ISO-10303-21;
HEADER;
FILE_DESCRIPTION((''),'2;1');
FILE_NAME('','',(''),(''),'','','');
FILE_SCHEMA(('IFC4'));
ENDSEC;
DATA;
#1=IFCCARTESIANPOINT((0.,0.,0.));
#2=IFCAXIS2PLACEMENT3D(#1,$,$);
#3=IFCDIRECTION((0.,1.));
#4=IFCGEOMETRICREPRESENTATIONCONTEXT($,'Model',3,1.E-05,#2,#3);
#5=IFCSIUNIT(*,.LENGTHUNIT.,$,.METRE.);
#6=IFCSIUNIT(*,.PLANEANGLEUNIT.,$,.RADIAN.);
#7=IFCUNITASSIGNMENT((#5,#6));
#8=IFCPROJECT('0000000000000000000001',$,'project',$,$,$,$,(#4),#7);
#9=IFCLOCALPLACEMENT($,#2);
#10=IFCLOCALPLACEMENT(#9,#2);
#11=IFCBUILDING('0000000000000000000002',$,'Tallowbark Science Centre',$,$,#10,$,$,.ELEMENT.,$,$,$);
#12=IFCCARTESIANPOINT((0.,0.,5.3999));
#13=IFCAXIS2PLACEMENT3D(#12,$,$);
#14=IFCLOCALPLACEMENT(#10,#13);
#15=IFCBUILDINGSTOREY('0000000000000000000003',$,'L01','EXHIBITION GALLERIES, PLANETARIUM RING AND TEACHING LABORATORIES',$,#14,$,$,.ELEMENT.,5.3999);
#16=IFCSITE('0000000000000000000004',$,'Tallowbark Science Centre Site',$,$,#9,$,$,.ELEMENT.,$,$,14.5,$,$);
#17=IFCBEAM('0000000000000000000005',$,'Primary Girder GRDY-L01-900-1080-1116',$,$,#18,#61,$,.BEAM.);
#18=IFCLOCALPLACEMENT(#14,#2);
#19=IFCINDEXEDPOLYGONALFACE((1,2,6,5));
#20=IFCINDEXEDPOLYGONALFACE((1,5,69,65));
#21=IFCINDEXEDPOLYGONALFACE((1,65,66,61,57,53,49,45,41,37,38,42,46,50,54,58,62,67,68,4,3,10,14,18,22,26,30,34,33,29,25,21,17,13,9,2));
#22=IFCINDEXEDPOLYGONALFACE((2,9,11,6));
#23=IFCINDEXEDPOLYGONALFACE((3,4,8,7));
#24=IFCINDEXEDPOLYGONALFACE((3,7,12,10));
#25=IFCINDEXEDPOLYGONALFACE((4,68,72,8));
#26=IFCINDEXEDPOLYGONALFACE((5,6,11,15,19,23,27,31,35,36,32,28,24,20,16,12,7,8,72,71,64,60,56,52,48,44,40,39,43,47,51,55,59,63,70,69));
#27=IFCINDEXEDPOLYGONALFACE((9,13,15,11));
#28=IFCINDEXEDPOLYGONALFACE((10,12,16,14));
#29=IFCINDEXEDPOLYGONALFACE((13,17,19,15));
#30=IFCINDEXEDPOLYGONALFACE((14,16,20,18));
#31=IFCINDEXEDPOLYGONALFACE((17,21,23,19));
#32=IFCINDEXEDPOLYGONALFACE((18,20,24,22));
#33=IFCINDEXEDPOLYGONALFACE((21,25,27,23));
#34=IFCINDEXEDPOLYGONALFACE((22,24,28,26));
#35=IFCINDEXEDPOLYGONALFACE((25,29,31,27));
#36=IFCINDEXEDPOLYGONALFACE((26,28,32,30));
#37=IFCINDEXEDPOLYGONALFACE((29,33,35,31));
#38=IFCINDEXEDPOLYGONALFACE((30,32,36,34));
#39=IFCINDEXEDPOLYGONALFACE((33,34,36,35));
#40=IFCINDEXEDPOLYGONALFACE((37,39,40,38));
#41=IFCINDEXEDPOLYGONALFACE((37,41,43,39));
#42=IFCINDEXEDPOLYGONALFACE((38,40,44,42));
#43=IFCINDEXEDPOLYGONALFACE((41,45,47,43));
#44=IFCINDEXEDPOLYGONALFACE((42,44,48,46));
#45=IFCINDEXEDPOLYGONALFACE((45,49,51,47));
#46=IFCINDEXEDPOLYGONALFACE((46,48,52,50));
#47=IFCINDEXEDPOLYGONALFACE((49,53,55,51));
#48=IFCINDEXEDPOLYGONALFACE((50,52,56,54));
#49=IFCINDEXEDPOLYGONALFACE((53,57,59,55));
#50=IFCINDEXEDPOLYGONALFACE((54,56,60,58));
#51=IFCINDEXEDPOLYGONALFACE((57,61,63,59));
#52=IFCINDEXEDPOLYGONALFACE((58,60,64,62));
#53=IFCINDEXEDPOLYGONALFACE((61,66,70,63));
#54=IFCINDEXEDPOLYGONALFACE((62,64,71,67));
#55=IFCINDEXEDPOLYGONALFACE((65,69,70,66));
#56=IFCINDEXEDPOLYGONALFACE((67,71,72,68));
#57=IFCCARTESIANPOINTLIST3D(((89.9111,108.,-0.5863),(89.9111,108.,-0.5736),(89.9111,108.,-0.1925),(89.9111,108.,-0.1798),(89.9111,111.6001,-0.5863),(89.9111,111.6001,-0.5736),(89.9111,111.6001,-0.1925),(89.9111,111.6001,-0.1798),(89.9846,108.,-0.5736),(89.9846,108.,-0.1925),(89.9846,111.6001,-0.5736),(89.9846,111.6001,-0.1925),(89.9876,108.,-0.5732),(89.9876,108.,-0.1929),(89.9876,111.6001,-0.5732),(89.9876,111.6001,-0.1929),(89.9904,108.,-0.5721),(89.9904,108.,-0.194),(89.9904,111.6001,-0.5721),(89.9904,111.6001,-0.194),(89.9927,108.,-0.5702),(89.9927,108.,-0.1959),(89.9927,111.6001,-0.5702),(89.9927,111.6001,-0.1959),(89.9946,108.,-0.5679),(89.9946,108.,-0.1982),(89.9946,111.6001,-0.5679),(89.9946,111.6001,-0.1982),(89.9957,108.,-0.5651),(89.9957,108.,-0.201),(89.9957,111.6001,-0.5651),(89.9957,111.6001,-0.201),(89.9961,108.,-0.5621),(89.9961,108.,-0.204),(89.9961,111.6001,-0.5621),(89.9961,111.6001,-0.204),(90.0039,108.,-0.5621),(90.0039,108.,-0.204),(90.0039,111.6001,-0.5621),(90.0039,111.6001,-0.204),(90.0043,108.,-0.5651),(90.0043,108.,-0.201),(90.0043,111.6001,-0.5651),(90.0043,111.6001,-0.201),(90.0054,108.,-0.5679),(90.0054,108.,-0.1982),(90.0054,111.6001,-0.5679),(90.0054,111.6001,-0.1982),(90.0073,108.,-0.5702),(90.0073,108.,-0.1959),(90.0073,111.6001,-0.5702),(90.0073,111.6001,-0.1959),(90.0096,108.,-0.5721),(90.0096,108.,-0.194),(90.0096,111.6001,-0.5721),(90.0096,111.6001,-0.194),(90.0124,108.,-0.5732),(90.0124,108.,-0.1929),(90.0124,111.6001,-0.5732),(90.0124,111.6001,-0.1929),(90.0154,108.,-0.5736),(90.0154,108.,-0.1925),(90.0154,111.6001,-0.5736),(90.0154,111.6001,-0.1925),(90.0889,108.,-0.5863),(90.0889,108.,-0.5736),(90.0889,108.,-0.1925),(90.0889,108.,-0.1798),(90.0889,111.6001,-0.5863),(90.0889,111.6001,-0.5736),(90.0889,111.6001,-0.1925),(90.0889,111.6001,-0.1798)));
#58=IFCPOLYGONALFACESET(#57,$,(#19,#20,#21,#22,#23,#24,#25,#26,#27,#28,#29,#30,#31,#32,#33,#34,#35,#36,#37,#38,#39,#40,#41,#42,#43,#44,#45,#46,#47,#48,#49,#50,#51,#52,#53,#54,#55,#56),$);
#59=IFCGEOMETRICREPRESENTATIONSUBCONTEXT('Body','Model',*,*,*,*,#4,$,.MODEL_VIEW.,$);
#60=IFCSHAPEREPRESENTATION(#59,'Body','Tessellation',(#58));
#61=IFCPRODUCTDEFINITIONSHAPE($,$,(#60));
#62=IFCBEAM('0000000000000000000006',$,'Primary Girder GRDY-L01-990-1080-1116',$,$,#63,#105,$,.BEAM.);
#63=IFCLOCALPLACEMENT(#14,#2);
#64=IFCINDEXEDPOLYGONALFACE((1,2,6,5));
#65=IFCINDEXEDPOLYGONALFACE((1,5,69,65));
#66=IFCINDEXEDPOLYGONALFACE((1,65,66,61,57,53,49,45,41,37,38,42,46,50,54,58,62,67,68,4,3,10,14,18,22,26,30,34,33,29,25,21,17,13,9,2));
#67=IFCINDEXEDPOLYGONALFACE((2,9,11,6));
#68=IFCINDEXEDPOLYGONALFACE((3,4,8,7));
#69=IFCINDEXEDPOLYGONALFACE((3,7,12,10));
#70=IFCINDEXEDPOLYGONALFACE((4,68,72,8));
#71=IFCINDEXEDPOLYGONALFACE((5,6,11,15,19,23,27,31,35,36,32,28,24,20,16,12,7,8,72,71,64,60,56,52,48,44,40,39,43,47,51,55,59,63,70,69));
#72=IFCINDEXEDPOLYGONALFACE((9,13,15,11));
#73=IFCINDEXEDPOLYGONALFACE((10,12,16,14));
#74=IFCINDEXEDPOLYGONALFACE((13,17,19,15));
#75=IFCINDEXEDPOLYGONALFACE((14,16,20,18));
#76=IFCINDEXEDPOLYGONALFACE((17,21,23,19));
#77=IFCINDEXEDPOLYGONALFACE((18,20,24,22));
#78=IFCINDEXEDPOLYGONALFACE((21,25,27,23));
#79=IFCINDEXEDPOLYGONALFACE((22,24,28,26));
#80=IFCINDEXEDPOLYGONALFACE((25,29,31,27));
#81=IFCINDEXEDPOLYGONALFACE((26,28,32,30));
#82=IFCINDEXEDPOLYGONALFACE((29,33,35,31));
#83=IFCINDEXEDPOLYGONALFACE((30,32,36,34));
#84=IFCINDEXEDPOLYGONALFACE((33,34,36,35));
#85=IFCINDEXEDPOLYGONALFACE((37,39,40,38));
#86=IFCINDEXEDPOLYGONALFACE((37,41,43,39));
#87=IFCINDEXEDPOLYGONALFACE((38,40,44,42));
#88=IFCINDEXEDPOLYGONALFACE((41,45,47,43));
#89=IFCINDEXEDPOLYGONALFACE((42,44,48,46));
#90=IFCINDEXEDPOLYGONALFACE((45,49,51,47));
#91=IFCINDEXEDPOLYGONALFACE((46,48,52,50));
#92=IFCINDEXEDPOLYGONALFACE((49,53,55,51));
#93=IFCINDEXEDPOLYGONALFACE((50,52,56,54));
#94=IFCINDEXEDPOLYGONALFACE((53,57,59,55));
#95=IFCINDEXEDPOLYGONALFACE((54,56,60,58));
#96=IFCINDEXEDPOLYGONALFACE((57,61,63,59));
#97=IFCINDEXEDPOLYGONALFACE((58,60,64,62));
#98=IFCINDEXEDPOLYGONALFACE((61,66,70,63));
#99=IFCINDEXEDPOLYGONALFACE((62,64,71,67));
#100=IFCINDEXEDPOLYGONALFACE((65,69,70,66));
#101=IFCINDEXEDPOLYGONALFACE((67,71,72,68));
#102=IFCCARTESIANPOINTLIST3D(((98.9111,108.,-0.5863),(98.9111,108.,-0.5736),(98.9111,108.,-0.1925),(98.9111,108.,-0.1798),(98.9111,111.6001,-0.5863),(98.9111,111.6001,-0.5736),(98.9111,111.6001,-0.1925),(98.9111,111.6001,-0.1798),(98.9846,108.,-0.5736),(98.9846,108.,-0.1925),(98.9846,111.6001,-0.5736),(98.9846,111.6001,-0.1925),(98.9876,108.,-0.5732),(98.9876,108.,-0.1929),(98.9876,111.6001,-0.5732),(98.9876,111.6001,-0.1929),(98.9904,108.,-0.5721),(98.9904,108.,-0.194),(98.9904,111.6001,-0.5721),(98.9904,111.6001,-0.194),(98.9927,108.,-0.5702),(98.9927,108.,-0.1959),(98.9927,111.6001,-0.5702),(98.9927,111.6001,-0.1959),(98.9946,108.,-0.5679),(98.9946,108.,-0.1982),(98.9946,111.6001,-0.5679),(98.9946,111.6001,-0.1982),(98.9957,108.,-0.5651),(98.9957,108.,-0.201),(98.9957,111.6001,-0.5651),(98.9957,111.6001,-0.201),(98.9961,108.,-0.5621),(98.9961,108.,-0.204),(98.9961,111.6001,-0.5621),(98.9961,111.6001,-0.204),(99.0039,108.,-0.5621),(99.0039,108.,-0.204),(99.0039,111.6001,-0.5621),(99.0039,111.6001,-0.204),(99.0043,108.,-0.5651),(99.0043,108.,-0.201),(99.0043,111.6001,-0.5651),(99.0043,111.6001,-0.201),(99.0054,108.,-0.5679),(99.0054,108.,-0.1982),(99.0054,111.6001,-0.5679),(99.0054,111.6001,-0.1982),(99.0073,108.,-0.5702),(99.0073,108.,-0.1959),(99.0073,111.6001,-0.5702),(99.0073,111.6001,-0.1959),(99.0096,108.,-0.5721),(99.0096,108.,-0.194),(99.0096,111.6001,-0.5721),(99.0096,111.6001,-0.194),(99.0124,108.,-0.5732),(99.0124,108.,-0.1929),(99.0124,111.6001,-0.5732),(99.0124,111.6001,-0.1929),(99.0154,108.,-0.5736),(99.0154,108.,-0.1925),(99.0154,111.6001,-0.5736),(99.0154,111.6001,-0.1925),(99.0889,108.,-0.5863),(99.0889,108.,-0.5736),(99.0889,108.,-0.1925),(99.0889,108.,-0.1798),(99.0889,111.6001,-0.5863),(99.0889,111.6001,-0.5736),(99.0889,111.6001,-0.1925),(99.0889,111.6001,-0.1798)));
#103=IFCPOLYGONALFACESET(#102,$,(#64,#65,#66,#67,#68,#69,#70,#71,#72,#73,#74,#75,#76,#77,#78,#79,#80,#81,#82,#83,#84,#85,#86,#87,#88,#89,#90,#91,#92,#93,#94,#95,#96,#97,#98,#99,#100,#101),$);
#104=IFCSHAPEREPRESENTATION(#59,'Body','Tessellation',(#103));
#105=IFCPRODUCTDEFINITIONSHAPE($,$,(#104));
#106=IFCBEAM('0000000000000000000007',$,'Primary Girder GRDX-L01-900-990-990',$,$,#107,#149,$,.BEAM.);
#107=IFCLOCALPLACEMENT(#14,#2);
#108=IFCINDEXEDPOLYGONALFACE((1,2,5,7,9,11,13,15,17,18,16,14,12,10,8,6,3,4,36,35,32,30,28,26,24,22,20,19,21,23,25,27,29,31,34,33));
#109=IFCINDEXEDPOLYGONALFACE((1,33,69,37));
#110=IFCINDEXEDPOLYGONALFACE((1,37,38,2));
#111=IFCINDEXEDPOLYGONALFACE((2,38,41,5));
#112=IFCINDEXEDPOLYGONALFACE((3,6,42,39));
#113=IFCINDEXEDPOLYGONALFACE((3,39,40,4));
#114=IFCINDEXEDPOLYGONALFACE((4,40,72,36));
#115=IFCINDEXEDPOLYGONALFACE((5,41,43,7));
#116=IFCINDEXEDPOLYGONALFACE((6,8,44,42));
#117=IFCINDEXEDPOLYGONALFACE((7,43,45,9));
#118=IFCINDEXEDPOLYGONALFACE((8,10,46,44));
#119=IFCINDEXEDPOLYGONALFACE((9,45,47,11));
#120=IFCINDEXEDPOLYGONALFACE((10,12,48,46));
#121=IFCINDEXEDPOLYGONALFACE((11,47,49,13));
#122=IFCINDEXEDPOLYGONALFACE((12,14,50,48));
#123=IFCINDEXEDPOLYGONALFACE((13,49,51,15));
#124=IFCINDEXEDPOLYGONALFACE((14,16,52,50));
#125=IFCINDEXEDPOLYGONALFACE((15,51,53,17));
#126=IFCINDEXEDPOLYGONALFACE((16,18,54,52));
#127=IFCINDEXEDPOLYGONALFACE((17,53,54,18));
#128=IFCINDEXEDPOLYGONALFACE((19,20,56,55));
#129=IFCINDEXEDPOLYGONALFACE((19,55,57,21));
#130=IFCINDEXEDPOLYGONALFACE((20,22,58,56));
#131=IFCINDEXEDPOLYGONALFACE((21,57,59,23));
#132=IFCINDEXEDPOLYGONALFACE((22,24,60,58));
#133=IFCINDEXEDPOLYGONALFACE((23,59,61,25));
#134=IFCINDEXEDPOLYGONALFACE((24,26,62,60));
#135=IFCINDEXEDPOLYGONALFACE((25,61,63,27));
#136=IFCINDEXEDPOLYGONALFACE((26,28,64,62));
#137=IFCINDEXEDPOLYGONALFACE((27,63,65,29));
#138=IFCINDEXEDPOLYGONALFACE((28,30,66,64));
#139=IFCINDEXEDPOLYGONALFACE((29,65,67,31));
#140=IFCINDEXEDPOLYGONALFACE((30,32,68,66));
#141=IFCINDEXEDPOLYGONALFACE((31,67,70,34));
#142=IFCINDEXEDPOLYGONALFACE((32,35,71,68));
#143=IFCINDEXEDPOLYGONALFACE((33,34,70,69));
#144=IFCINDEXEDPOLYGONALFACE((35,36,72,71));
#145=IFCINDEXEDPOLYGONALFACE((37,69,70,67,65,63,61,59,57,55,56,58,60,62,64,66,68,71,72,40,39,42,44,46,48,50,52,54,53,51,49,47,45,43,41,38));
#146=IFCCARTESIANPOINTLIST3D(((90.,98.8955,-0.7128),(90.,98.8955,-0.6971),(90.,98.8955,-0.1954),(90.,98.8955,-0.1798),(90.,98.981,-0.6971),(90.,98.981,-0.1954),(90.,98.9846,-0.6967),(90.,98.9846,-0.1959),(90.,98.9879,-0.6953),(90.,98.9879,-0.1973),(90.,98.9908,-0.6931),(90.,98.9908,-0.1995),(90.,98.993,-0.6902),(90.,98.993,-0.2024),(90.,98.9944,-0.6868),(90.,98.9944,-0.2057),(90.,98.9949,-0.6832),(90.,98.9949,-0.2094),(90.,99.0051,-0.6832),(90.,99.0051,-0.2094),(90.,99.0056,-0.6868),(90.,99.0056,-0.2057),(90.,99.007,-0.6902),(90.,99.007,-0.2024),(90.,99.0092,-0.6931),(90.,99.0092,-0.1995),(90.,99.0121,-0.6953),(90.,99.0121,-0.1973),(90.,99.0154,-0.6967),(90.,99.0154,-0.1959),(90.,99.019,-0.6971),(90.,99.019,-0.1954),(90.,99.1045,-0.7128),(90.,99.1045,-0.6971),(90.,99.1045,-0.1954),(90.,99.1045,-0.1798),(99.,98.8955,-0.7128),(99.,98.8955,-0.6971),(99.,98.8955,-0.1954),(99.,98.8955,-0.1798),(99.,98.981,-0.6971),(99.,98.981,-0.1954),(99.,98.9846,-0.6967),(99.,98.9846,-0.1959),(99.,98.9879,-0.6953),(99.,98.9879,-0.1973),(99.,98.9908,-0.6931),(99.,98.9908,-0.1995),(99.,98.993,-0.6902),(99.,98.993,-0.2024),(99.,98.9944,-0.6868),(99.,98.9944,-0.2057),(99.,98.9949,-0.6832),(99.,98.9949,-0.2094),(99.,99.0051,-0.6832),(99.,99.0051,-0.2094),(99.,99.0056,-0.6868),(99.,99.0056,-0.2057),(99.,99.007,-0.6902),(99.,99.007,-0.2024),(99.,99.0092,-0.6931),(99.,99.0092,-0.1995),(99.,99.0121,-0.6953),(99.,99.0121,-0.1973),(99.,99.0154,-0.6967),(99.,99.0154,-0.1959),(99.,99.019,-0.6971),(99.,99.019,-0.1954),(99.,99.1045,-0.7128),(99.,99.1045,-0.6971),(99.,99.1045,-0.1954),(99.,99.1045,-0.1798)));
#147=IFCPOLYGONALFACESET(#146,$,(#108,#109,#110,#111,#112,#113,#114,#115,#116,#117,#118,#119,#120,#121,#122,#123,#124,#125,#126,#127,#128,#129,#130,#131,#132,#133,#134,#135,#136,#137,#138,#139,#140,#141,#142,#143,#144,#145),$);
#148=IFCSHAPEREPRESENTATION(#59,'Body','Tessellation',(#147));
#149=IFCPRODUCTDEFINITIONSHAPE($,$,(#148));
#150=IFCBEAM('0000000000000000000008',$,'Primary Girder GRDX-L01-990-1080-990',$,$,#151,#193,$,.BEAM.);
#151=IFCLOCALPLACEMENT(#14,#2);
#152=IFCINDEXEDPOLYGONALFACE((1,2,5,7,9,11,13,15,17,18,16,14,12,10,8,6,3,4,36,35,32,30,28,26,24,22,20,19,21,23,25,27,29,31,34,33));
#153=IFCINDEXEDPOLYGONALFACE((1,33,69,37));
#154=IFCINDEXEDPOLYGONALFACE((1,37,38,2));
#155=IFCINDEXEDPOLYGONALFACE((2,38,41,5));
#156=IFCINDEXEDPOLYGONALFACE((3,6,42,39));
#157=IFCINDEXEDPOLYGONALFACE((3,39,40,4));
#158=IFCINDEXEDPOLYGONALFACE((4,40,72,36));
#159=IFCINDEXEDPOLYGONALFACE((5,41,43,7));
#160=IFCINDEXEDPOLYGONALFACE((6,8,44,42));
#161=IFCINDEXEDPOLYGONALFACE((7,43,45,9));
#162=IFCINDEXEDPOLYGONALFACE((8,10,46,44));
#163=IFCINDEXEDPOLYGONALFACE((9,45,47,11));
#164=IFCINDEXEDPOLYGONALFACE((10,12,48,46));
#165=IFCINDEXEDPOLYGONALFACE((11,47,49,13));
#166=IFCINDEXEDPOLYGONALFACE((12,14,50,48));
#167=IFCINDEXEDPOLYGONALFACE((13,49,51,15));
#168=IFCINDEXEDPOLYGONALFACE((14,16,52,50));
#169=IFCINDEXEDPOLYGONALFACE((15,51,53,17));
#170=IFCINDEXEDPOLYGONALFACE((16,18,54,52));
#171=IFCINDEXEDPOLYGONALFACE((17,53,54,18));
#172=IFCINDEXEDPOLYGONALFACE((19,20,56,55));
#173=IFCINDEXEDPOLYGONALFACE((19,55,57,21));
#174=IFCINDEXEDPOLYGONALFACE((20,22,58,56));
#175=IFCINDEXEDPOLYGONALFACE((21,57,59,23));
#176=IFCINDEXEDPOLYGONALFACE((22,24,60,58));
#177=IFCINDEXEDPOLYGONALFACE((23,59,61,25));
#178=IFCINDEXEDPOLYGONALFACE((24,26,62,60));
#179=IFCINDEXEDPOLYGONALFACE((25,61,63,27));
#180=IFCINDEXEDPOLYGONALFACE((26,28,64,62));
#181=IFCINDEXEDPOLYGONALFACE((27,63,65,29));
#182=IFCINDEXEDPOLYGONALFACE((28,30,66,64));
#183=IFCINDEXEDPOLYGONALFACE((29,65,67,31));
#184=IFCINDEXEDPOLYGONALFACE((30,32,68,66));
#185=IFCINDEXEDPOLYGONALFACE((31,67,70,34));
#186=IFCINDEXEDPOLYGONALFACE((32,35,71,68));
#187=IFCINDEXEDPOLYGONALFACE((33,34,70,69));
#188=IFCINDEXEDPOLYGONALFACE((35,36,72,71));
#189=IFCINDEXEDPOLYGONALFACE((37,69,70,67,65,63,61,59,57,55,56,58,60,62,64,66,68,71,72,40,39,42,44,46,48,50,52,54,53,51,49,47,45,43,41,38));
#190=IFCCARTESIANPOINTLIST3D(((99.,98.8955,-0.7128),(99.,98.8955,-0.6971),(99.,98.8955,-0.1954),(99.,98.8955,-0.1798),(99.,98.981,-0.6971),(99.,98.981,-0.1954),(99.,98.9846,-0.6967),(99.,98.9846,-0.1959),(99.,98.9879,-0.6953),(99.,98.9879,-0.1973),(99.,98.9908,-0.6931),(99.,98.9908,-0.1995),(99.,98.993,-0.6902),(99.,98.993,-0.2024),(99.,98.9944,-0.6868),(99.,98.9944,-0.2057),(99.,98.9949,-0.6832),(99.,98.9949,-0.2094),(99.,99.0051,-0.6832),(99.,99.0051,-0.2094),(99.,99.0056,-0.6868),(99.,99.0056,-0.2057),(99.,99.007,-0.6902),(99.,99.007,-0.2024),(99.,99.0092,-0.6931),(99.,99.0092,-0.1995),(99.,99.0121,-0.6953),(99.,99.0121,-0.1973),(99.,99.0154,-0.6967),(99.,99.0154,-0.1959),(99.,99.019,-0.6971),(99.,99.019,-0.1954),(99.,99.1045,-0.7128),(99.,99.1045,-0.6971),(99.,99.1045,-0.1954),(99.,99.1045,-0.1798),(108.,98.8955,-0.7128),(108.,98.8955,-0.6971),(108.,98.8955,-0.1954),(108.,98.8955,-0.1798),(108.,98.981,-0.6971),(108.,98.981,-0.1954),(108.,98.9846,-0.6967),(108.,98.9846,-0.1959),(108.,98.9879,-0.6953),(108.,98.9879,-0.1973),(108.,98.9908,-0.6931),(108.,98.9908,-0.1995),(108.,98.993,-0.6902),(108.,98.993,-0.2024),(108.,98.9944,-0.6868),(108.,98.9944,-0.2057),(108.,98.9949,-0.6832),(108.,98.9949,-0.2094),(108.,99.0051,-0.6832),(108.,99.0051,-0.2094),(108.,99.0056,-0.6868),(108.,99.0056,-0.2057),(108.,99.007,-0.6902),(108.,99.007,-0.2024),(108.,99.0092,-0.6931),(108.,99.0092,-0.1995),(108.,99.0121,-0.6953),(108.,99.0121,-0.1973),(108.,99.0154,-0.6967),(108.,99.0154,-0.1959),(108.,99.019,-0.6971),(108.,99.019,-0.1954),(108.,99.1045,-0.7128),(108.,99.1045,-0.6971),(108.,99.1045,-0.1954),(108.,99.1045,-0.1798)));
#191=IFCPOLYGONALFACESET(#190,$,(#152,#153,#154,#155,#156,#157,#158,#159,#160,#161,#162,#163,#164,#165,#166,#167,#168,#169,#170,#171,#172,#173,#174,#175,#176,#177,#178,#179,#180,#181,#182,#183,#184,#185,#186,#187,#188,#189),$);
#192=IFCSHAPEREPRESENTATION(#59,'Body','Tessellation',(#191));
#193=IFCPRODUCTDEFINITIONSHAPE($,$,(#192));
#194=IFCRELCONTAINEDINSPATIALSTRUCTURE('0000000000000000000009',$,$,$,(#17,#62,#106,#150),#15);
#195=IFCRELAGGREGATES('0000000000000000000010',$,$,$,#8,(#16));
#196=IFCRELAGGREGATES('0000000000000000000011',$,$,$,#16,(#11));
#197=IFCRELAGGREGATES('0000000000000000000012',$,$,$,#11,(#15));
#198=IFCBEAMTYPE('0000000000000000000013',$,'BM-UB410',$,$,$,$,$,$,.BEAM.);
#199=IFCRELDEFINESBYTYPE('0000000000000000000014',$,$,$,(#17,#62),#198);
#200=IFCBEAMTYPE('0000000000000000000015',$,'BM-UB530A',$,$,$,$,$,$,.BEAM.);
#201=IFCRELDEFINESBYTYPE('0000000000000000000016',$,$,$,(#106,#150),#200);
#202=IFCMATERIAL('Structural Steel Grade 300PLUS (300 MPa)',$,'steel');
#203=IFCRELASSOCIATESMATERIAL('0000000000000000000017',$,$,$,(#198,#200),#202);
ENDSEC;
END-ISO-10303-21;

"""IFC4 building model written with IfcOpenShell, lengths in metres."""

from ifc_helpers import new_model, si_unit, direction, frame, origin, origin_2d, place, context, subcontext, project, spatial, i_section, extrude, material, material_profile, profile_set, type_object, element, save


model = new_model("IFC4")

# Units and contexts
model_context = context("Model", 3, precision=1e-05, world=origin(), true_north=direction((0.0, 1.0)))
body_context = subcontext(model_context, "Body", "Model", "MODEL_VIEW")
ifc_project = project(units=[si_unit("LENGTHUNIT", "METRE"), si_unit("PLANEANGLEUNIT", "RADIAN")], contexts=[model_context])

# Site, building, storey
site_placement = place(None, origin())
site = spatial("IfcSite", under=ifc_project, at=site_placement, Name="Tallowbark Science Centre Site", CompositionType="ELEMENT", RefElevation=14.5)
building_placement = place(site_placement, origin())
building = spatial("IfcBuilding", under=site, at=building_placement, Name="Tallowbark Science Centre", CompositionType="ELEMENT")
storey_placement = place(building_placement, frame((0.0, 0.0, 5.3999)))
storey = spatial("IfcBuildingStorey", under=building, at=storey_placement, Name="L01", Description="EXHIBITION GALLERIES, PLANETARIUM RING AND TEACHING LABORATORIES", CompositionType="ELEMENT", Elevation=5.3999)

# Shared definitions
ifc_material_1 = material(Name="Structural Steel Grade 300PLUS (300 MPa)", Category="steel")

# Beams
ifc_material_profile_1 = material_profile(ifc_material_1, i_section(OverallWidth=0.1777, OverallDepth=0.4065, WebThickness=0.0078, FlangeThickness=0.0127, FilletRadius=0.0115, at=origin_2d()), Name="410UB59.7")
ifc_profile_set_1 = profile_set([ifc_material_profile_1], Name="Structural Steel Grade 300PLUS (300 MPa)")
beam_type_1 = type_object("IfcBeamType", Name="BM-UB410", PredefinedType="BEAM", material=ifc_profile_set_1)
for number, where, z_axis, x_axis, name in (
    (1, (90.0, 108.0, -0.3831), (0.0, 1.0, 0.0), (-1.0, 0.0, 0.0), "Primary Girder GRDY-L01-900-1080-1116"),
    (2, (99.0, 108.0, -0.3831), (0.0, 1.0, 0.0), (-1.0, 0.0, 0.0), "Primary Girder GRDY-L01-990-1080-1116"),
):
    element("IfcBeam", number, at=place(storey_placement, frame(where, z_axis=z_axis, x_axis=x_axis)), inside=storey, type_object=beam_type_1, Name=name, PredefinedType="BEAM", context=body_context, shape_type="SweptSolid", body=[
        extrude(i_section(OverallWidth=0.1777, OverallDepth=0.4065, WebThickness=0.0078, FlangeThickness=0.0127, FilletRadius=0.0115, at=origin_2d()), origin(), (0.0, 0.0, 1.0), 3.6001),
    ])
ifc_material_profile_2 = material_profile(ifc_material_1, i_section(OverallWidth=0.209, OverallDepth=0.533, WebThickness=0.0103, FlangeThickness=0.0156, FilletRadius=0.0139, at=origin_2d()), Name="530UB92.4")
ifc_profile_set_2 = profile_set([ifc_material_profile_2], Name="Structural Steel Grade 300PLUS (300 MPa)")
beam_type_2 = type_object("IfcBeamType", Name="BM-UB530A", PredefinedType="BEAM", material=ifc_profile_set_2)
for number, where, z_axis, x_axis, name in (
    (3, (90.0, 99.0, -0.4463), (1.0, 0.0, 0.0), (0.0, 1.0, 0.0), "Primary Girder GRDX-L01-900-990-990"),
    (4, (99.0, 99.0, -0.4463), (1.0, 0.0, 0.0), (0.0, 1.0, 0.0), "Primary Girder GRDX-L01-990-1080-990"),
):
    element("IfcBeam", number, at=place(storey_placement, frame(where, z_axis=z_axis, x_axis=x_axis)), inside=storey, type_object=beam_type_2, Name=name, PredefinedType="BEAM", context=body_context, shape_type="SweptSolid", body=[
        extrude(i_section(OverallWidth=0.209, OverallDepth=0.533, WebThickness=0.0103, FlangeThickness=0.0156, FilletRadius=0.0139, at=origin_2d()), origin(), (0.0, 0.0, 1.0), 9.0),
    ])

save(model, "model.ifc")
